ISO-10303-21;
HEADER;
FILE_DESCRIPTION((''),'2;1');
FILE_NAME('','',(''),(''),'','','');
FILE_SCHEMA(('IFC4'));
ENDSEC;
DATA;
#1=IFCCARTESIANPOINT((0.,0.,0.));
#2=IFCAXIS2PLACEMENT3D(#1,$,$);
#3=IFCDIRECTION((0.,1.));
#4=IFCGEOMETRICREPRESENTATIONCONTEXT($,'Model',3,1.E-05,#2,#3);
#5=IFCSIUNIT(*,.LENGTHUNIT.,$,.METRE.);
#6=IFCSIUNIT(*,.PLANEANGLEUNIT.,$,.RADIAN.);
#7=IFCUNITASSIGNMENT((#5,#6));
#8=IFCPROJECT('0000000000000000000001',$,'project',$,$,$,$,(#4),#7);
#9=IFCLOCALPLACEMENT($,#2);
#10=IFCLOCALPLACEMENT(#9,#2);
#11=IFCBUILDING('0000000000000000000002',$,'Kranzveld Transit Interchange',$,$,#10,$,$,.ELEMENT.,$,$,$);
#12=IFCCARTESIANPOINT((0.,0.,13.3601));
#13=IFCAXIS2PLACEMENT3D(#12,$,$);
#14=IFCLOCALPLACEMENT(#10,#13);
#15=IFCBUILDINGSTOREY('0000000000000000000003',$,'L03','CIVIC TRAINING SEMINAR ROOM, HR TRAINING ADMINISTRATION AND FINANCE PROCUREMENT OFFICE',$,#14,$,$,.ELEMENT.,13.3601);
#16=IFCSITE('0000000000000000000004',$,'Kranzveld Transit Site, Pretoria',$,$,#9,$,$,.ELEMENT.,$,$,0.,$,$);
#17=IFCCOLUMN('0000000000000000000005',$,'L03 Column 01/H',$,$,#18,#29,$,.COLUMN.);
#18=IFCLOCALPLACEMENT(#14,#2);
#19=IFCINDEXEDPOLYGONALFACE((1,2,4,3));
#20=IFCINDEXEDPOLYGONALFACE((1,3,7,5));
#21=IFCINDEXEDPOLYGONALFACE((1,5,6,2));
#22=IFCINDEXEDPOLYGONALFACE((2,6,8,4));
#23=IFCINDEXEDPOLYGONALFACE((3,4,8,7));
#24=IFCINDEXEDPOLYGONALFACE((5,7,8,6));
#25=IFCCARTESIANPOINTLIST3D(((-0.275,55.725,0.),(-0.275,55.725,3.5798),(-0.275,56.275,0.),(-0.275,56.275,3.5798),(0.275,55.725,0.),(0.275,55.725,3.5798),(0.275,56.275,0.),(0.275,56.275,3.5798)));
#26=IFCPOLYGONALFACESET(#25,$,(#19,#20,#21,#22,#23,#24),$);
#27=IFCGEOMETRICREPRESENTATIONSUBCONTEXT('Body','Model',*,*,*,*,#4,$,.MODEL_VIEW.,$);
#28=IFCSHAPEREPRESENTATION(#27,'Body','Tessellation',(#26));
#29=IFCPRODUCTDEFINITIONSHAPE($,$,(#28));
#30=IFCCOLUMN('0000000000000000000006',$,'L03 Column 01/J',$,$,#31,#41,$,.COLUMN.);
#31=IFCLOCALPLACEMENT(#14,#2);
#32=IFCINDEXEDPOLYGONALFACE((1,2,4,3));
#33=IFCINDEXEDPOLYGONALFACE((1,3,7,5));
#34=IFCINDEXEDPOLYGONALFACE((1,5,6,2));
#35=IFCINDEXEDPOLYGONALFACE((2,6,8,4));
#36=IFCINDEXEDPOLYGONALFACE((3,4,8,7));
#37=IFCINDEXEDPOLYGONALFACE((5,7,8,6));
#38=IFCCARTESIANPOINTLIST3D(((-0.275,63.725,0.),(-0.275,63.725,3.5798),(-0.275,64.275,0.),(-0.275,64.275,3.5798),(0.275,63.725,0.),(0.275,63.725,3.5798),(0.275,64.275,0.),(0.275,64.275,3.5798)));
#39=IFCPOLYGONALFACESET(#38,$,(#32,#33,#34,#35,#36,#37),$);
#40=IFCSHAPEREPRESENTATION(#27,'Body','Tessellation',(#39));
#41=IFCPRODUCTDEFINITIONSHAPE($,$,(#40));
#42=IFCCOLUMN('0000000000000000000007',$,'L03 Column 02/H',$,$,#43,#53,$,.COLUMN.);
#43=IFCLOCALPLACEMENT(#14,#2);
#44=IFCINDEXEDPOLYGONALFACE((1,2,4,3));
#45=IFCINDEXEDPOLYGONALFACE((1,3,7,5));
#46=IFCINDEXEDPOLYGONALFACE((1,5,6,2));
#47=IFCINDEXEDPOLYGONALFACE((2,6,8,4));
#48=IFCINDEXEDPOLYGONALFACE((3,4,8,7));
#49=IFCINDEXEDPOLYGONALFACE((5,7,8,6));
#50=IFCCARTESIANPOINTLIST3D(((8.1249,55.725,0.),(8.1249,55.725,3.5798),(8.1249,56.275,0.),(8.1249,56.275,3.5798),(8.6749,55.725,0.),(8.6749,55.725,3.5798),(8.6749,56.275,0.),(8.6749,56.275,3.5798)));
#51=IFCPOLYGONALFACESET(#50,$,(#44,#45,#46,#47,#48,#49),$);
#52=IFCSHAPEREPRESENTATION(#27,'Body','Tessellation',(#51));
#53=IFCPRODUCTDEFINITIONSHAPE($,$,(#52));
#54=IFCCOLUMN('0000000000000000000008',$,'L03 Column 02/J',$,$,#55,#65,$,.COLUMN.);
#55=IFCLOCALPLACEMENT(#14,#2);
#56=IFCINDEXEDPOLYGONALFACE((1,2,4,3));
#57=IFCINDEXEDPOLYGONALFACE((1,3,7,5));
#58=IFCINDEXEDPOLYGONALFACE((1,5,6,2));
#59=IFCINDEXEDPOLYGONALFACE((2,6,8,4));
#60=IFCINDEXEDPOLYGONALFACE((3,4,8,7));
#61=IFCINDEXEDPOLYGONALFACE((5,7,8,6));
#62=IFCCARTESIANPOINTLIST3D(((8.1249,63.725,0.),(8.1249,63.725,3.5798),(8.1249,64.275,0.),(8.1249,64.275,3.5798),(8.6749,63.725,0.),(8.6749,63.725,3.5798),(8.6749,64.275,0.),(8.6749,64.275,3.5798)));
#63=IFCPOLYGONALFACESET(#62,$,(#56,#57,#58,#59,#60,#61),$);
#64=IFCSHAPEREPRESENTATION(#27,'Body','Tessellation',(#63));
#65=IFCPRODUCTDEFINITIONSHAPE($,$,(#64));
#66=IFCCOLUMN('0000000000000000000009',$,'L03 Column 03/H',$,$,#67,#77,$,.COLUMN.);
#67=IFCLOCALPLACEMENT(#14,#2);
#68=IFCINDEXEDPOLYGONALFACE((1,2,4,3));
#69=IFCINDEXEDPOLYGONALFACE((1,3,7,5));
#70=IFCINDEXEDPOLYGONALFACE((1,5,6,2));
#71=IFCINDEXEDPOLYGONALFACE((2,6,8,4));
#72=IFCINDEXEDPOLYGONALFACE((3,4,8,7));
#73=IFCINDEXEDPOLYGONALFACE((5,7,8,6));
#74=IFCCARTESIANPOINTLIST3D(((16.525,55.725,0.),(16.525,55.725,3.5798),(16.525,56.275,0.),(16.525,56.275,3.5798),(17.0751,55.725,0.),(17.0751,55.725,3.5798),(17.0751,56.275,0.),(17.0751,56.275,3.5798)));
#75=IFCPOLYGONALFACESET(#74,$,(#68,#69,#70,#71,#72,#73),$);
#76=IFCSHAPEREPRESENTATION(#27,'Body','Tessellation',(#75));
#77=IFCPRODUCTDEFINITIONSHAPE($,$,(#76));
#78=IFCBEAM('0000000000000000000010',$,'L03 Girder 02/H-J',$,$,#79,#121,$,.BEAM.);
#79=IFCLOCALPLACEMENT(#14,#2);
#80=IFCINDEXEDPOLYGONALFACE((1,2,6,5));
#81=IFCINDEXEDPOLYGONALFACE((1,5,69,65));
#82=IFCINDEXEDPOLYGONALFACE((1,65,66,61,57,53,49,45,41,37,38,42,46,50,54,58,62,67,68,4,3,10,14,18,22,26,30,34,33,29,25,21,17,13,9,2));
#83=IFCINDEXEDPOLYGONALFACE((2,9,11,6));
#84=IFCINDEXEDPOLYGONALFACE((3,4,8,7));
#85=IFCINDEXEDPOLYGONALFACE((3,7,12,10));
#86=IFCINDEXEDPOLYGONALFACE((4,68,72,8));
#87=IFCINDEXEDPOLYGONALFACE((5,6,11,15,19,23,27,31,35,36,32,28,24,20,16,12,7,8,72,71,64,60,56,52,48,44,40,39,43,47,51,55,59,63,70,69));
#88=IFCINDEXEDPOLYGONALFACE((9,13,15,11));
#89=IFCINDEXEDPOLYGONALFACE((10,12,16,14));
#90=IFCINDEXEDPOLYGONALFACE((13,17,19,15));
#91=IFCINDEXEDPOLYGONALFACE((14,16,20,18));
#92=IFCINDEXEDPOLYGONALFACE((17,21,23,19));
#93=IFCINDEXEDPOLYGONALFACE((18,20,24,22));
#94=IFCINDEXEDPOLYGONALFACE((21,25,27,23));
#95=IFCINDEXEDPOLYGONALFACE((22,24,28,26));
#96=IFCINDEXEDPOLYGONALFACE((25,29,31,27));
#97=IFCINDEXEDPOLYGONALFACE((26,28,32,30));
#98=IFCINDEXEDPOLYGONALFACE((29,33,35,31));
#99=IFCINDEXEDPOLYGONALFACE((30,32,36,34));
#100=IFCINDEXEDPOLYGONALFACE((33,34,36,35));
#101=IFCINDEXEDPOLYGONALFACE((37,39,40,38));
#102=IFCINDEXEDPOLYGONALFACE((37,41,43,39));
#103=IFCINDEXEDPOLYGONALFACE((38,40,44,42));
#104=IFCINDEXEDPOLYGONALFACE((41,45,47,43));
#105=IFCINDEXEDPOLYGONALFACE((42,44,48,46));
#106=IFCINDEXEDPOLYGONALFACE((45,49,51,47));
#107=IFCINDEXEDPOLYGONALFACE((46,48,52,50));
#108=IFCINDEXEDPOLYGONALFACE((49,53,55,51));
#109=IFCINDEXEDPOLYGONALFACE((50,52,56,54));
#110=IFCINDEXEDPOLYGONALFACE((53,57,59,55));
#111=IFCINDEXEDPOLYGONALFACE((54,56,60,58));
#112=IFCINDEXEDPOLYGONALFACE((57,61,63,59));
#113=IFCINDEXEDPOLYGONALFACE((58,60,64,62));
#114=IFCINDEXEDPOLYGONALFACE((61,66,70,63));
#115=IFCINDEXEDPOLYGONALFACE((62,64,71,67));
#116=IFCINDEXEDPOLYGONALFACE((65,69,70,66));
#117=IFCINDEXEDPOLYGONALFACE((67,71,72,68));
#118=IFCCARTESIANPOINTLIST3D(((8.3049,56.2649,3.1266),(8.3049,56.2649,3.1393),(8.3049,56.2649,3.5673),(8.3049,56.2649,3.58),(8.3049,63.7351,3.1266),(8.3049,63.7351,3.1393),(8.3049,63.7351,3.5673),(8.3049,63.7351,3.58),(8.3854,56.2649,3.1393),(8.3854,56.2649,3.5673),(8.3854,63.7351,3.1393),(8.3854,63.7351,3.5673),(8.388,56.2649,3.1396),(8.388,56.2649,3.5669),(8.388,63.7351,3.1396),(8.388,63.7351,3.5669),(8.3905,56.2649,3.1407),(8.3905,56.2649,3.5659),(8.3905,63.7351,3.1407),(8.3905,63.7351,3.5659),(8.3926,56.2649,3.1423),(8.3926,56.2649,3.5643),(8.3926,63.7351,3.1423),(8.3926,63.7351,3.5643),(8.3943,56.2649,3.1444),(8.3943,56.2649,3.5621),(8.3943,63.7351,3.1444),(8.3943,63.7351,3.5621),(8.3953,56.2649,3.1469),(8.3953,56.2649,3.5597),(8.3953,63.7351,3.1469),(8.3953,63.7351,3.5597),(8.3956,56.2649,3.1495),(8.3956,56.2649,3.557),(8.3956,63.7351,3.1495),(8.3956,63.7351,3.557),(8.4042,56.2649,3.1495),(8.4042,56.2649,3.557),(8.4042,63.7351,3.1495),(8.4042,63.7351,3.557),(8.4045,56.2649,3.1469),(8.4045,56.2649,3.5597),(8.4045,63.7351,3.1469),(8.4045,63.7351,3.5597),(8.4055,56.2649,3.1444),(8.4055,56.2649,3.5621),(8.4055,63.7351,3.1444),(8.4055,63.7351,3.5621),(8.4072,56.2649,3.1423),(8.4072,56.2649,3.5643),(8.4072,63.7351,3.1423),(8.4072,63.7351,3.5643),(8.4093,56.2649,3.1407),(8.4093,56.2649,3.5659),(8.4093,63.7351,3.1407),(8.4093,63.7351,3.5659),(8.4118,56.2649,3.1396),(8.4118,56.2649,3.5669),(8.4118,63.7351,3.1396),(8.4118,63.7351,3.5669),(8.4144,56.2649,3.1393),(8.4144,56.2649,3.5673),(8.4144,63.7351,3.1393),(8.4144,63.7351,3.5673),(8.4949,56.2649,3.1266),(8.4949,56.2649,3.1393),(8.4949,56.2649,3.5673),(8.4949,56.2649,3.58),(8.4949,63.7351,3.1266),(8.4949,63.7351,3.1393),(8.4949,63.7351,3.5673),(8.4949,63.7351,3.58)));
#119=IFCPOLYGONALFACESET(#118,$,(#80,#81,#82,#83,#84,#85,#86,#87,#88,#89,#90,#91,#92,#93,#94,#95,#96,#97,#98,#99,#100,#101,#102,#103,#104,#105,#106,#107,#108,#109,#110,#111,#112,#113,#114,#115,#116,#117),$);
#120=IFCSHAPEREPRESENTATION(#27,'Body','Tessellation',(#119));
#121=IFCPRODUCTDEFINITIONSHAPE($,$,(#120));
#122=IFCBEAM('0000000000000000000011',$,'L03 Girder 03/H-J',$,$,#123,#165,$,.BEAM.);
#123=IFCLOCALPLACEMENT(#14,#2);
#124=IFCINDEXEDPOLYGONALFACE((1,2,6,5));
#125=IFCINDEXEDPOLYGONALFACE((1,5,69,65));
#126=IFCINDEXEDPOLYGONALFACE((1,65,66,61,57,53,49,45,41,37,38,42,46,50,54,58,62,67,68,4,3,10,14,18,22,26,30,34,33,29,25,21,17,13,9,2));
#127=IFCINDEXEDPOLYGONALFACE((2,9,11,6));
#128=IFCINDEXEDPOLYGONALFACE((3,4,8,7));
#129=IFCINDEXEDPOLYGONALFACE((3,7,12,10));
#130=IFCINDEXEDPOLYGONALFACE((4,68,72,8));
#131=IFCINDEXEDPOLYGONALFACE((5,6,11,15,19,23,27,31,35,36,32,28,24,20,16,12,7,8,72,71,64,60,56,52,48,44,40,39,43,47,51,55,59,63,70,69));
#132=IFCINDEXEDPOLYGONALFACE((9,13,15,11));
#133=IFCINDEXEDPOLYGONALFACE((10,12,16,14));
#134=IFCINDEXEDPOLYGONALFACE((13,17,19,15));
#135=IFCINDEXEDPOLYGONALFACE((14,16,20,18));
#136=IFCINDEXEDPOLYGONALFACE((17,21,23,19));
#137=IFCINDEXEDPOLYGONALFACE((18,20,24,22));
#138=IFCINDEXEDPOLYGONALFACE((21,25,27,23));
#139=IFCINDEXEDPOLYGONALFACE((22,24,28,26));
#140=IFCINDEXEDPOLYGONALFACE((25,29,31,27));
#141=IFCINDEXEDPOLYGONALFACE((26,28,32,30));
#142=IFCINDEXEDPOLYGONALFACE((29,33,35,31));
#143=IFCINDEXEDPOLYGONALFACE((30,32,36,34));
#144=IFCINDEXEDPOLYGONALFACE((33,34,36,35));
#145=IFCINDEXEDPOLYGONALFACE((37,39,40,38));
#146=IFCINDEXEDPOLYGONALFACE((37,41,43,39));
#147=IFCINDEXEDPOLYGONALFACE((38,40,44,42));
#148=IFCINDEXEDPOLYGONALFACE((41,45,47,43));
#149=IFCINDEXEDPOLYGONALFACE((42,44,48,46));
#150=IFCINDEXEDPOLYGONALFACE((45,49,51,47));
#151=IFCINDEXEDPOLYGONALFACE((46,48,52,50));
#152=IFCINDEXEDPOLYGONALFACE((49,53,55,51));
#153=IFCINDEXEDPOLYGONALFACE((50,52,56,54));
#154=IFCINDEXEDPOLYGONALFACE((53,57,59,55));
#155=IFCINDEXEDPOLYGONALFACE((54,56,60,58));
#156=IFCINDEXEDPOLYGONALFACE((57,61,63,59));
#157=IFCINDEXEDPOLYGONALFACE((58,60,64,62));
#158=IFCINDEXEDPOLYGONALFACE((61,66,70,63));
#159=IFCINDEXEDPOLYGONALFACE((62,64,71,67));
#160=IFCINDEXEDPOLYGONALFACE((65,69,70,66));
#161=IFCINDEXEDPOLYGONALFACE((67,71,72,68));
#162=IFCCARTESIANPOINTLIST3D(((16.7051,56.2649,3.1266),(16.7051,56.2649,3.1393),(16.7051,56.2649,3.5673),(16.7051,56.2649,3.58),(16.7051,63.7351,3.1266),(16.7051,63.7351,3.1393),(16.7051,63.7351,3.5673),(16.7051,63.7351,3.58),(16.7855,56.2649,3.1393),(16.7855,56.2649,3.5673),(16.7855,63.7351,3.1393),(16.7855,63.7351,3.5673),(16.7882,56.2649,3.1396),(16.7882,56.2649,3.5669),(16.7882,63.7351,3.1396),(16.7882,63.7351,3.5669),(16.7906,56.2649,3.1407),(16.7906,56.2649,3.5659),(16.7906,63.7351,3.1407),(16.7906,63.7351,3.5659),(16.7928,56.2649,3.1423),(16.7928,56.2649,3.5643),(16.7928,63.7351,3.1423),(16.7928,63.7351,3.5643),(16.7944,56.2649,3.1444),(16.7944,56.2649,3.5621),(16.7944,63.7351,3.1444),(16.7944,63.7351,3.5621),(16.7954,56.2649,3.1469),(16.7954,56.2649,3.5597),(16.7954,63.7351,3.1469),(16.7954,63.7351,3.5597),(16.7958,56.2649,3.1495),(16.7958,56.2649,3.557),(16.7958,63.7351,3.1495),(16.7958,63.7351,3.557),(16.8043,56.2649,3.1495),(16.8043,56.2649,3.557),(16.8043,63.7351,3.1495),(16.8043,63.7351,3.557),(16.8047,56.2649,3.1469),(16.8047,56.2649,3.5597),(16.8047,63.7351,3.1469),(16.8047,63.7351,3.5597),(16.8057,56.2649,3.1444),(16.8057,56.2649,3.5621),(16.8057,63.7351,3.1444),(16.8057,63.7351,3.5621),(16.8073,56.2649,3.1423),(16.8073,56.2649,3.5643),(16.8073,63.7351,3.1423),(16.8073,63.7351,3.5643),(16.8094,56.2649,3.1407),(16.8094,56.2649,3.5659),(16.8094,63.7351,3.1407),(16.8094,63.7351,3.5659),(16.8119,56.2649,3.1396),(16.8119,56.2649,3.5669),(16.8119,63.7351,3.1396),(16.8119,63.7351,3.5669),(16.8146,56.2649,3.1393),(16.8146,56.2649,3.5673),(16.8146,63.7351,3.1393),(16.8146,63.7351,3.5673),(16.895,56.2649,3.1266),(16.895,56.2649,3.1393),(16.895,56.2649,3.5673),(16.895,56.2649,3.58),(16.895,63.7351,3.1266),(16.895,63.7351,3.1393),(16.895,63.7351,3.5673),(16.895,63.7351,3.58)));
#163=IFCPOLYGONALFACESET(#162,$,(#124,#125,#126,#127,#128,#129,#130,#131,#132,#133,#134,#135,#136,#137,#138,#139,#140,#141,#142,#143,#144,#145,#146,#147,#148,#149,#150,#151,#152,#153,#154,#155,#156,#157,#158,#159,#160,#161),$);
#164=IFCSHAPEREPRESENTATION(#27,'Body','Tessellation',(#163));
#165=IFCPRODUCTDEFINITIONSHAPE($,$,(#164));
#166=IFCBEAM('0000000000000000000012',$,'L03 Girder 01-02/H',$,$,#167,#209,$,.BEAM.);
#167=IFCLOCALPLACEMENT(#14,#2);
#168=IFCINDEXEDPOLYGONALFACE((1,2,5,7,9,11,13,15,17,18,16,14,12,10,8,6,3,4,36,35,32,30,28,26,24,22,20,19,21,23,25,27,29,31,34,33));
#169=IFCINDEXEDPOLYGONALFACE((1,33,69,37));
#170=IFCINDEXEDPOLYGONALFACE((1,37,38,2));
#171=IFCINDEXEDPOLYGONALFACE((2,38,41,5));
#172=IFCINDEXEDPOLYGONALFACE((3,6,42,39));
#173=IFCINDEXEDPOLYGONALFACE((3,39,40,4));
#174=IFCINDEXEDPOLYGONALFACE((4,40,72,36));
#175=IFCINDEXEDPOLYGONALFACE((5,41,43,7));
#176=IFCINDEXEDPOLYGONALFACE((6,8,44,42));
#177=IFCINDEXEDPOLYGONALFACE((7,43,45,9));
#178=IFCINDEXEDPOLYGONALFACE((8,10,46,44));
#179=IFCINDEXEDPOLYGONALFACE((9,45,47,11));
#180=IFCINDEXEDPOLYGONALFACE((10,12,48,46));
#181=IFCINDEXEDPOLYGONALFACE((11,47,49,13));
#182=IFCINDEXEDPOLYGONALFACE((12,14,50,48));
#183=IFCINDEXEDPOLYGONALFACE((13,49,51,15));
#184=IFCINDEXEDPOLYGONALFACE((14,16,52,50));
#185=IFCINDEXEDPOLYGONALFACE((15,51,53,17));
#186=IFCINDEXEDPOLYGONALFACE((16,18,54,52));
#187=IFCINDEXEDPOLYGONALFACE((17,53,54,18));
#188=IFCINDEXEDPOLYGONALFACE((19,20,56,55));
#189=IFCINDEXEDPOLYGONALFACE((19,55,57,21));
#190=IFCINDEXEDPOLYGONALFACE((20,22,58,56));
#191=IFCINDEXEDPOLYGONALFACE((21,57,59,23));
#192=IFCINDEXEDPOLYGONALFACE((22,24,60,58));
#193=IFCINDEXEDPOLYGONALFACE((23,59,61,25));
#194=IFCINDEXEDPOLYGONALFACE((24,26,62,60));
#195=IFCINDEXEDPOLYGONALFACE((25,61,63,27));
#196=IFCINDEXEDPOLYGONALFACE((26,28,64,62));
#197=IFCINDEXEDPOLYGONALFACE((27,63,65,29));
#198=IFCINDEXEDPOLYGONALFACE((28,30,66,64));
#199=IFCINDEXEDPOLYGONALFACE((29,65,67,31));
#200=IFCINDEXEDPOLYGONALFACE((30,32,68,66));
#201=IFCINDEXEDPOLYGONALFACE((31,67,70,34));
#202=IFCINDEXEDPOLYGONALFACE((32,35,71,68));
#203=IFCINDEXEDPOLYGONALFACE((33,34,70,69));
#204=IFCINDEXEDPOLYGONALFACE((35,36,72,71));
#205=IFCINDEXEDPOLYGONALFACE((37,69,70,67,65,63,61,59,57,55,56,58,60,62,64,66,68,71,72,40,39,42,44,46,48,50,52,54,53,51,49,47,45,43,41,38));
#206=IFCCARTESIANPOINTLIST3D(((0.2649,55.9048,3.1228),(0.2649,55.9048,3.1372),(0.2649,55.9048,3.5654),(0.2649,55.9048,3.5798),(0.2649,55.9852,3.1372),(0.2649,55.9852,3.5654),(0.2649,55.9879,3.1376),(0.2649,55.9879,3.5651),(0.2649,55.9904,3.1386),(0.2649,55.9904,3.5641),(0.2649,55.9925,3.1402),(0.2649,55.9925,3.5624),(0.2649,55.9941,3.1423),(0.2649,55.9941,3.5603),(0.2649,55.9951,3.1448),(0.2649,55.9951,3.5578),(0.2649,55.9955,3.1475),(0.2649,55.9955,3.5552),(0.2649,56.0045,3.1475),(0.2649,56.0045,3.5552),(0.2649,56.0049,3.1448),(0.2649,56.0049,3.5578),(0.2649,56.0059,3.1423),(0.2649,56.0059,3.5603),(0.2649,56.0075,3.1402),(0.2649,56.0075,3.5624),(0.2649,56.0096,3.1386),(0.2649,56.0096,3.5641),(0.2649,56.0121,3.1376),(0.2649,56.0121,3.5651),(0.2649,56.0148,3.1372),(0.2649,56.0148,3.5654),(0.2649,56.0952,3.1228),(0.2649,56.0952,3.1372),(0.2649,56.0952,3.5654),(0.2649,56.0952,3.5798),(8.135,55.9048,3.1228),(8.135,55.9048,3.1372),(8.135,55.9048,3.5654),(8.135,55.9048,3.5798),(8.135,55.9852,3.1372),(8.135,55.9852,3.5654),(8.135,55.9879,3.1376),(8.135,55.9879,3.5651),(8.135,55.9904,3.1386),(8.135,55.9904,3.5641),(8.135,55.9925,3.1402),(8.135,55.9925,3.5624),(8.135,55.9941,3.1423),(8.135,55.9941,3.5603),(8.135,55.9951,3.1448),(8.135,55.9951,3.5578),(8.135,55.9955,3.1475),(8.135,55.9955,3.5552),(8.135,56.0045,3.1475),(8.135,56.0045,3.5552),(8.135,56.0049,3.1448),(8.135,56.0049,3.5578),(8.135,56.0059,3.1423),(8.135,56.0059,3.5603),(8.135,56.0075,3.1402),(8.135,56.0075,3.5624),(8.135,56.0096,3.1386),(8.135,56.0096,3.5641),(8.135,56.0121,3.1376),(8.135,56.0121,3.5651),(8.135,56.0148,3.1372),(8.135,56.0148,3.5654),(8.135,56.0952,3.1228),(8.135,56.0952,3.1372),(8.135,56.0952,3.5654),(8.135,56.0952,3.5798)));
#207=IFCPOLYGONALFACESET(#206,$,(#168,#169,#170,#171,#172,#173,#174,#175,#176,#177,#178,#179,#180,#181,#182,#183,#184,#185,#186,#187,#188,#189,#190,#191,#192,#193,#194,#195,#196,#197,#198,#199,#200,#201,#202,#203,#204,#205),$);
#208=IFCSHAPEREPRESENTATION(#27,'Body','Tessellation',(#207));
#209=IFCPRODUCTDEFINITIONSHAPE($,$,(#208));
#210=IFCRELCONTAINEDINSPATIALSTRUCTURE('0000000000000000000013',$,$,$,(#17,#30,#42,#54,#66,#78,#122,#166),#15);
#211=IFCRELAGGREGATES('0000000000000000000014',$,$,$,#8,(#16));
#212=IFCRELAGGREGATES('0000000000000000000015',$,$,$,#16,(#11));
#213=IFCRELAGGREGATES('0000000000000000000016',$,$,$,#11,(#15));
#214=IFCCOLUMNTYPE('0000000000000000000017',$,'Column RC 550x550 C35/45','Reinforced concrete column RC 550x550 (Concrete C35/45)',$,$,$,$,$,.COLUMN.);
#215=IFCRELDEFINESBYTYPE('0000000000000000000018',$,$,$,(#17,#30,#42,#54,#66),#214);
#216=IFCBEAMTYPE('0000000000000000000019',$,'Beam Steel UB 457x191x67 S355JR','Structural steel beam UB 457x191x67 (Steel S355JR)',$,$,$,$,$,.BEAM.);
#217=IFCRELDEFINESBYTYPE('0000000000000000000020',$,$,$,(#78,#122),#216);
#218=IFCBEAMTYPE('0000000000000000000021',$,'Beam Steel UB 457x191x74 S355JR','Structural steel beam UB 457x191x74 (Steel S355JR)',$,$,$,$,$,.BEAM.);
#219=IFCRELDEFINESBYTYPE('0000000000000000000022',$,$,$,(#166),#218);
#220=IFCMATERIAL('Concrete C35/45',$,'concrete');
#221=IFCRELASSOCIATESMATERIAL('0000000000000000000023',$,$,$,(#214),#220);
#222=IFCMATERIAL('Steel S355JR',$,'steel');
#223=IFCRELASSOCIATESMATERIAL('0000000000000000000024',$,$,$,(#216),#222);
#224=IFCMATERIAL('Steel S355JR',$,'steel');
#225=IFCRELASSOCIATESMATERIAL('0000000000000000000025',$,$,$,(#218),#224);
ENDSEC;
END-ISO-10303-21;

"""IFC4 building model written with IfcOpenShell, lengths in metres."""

from ifc_helpers import new_model, si_unit, direction, frame, origin, origin_2d, place, context, subcontext, project, spatial, rectangle, i_section, extrude, material, material_profile, profile_set, type_object, element, save


model = new_model("IFC4")

# Units and contexts
model_context = context("Model", 3, precision=1e-05, world=origin(), true_north=direction((0.0, 1.0)))
body_context = subcontext(model_context, "Body", "Model", "MODEL_VIEW")
ifc_project = project(units=[si_unit("LENGTHUNIT", "METRE"), si_unit("PLANEANGLEUNIT", "RADIAN")], contexts=[model_context])

# Site, building, storey
site_placement = place(None, origin())
site = spatial("IfcSite", under=ifc_project, at=site_placement, Name="Kranzveld Transit Site, Pretoria", CompositionType="ELEMENT", RefElevation=0.0)
building_placement = place(site_placement, origin())
building = spatial("IfcBuilding", under=site, at=building_placement, Name="Kranzveld Transit Interchange", CompositionType="ELEMENT")
storey_placement = place(building_placement, frame((0.0, 0.0, 13.3601)))
storey = spatial("IfcBuildingStorey", under=building, at=storey_placement, Name="L03", Description="CIVIC TRAINING SEMINAR ROOM, HR TRAINING ADMINISTRATION AND FINANCE PROCUREMENT OFFICE", CompositionType="ELEMENT", Elevation=13.3601)

# Columns
ifc_material_1 = material(Name="Concrete C35/45", Category="concrete")
ifc_material_profile_1 = material_profile(ifc_material_1, rectangle(XDim=0.55, YDim=0.55, at=origin_2d()), Name="RC 550x550")
ifc_profile_set_1 = profile_set([ifc_material_profile_1], Name="Concrete C35/45")
column_type = type_object("IfcColumnType", Name="Column RC 550x550 C35/45", Description="Reinforced concrete column RC 550x550 (Concrete C35/45)", PredefinedType="COLUMN", material=ifc_profile_set_1)
for number, where, z_axis, x_axis, name in (
    (1, (0.0, 56.0, 0.0), (0.0, 0.0, 1.0), (1.0, 0.0, 0.0), "L03 Column 01/H"),
    (2, (0.0, 64.0, 0.0), (0.0, 0.0, 1.0), (1.0, 0.0, 0.0), "L03 Column 01/J"),
    (3, (8.3999, 56.0, 0.0), (0.0, 0.0, 1.0), (1.0, 0.0, 0.0), "L03 Column 02/H"),
    (4, (8.3999, 64.0, 0.0), (0.0, 0.0, 1.0), (1.0, 0.0, 0.0), "L03 Column 02/J"),
    (5, (16.8, 56.0, 0.0), (0.0, 0.0, 1.0), (1.0, 0.0, 0.0), "L03 Column 03/H"),
):
    element("IfcColumn", number, at=place(storey_placement, frame(where, z_axis=z_axis, x_axis=x_axis)), inside=storey, type_object=column_type, Name=name, PredefinedType="COLUMN", context=body_context, shape_type="SweptSolid", body=[
        extrude(rectangle(XDim=0.55, YDim=0.55, at=origin_2d()), origin(), (0.0, 0.0, 1.0), 3.5798),
    ])

# Beams
ifc_material_2 = material(Name="Steel S355JR", Category="steel")
ifc_material_profile_2 = material_profile(ifc_material_2, i_section(OverallWidth=0.1899, OverallDepth=0.4534, WebThickness=0.0085, FlangeThickness=0.0127, FilletRadius=0.0103, at=origin_2d()), Name="UB 457x191x67")
ifc_profile_set_2 = profile_set([ifc_material_profile_2], Name="Steel S355JR")
beam_type_1 = type_object("IfcBeamType", Name="Beam Steel UB 457x191x67 S355JR", Description="Structural steel beam UB 457x191x67 (Steel S355JR)", PredefinedType="BEAM", material=ifc_profile_set_2)
for number, where, z_axis, x_axis, name in (
    (6, (8.3999, 56.2649, 3.3533), (0.0, 1.0, 0.0), (-1.0, 0.0, 0.0), "L03 Girder 02/H-J"),
    (7, (16.8, 56.2649, 3.3533), (0.0, 1.0, 0.0), (-1.0, 0.0, 0.0), "L03 Girder 03/H-J"),
):
    element("IfcBeam", number, at=place(storey_placement, frame(where, z_axis=z_axis, x_axis=x_axis)), inside=storey, type_object=beam_type_1, Name=name, PredefinedType="BEAM", context=body_context, shape_type="SweptSolid", body=[
        extrude(i_section(OverallWidth=0.1899, OverallDepth=0.4534, WebThickness=0.0085, FlangeThickness=0.0127, FilletRadius=0.0103, at=origin_2d()), origin(), (0.0, 0.0, 1.0), 7.4702),
    ])
ifc_material_3 = material(Name="Steel S355JR", Category="steel")
ifc_material_profile_3 = material_profile(ifc_material_3, i_section(OverallWidth=0.1904, OverallDepth=0.457, WebThickness=0.009, FlangeThickness=0.0144, FilletRadius=0.0103, at=origin_2d()), Name="UB 457x191x74")
ifc_profile_set_3 = profile_set([ifc_material_profile_3], Name="Steel S355JR")
beam_type_2 = type_object("IfcBeamType", Name="Beam Steel UB 457x191x74 S355JR", Description="Structural steel beam UB 457x191x74 (Steel S355JR)", PredefinedType="BEAM", material=ifc_profile_set_3)
beam_1_placement = place(storey_placement, frame((0.2649, 56.0, 3.3513), z_axis=(1.0, 0.0, 0.0), x_axis=(0.0, 1.0, 0.0)))
element("IfcBeam", 8, at=beam_1_placement, inside=storey, type_object=beam_type_2, Name="L03 Girder 01-02/H", PredefinedType="BEAM", context=body_context, shape_type="SweptSolid", body=[
    extrude(i_section(OverallWidth=0.1904, OverallDepth=0.457, WebThickness=0.009, FlangeThickness=0.0144, FilletRadius=0.0103, at=origin_2d()), origin(), (0.0, 0.0, 1.0), 7.8701),
])

save(model, "model.ifc")
